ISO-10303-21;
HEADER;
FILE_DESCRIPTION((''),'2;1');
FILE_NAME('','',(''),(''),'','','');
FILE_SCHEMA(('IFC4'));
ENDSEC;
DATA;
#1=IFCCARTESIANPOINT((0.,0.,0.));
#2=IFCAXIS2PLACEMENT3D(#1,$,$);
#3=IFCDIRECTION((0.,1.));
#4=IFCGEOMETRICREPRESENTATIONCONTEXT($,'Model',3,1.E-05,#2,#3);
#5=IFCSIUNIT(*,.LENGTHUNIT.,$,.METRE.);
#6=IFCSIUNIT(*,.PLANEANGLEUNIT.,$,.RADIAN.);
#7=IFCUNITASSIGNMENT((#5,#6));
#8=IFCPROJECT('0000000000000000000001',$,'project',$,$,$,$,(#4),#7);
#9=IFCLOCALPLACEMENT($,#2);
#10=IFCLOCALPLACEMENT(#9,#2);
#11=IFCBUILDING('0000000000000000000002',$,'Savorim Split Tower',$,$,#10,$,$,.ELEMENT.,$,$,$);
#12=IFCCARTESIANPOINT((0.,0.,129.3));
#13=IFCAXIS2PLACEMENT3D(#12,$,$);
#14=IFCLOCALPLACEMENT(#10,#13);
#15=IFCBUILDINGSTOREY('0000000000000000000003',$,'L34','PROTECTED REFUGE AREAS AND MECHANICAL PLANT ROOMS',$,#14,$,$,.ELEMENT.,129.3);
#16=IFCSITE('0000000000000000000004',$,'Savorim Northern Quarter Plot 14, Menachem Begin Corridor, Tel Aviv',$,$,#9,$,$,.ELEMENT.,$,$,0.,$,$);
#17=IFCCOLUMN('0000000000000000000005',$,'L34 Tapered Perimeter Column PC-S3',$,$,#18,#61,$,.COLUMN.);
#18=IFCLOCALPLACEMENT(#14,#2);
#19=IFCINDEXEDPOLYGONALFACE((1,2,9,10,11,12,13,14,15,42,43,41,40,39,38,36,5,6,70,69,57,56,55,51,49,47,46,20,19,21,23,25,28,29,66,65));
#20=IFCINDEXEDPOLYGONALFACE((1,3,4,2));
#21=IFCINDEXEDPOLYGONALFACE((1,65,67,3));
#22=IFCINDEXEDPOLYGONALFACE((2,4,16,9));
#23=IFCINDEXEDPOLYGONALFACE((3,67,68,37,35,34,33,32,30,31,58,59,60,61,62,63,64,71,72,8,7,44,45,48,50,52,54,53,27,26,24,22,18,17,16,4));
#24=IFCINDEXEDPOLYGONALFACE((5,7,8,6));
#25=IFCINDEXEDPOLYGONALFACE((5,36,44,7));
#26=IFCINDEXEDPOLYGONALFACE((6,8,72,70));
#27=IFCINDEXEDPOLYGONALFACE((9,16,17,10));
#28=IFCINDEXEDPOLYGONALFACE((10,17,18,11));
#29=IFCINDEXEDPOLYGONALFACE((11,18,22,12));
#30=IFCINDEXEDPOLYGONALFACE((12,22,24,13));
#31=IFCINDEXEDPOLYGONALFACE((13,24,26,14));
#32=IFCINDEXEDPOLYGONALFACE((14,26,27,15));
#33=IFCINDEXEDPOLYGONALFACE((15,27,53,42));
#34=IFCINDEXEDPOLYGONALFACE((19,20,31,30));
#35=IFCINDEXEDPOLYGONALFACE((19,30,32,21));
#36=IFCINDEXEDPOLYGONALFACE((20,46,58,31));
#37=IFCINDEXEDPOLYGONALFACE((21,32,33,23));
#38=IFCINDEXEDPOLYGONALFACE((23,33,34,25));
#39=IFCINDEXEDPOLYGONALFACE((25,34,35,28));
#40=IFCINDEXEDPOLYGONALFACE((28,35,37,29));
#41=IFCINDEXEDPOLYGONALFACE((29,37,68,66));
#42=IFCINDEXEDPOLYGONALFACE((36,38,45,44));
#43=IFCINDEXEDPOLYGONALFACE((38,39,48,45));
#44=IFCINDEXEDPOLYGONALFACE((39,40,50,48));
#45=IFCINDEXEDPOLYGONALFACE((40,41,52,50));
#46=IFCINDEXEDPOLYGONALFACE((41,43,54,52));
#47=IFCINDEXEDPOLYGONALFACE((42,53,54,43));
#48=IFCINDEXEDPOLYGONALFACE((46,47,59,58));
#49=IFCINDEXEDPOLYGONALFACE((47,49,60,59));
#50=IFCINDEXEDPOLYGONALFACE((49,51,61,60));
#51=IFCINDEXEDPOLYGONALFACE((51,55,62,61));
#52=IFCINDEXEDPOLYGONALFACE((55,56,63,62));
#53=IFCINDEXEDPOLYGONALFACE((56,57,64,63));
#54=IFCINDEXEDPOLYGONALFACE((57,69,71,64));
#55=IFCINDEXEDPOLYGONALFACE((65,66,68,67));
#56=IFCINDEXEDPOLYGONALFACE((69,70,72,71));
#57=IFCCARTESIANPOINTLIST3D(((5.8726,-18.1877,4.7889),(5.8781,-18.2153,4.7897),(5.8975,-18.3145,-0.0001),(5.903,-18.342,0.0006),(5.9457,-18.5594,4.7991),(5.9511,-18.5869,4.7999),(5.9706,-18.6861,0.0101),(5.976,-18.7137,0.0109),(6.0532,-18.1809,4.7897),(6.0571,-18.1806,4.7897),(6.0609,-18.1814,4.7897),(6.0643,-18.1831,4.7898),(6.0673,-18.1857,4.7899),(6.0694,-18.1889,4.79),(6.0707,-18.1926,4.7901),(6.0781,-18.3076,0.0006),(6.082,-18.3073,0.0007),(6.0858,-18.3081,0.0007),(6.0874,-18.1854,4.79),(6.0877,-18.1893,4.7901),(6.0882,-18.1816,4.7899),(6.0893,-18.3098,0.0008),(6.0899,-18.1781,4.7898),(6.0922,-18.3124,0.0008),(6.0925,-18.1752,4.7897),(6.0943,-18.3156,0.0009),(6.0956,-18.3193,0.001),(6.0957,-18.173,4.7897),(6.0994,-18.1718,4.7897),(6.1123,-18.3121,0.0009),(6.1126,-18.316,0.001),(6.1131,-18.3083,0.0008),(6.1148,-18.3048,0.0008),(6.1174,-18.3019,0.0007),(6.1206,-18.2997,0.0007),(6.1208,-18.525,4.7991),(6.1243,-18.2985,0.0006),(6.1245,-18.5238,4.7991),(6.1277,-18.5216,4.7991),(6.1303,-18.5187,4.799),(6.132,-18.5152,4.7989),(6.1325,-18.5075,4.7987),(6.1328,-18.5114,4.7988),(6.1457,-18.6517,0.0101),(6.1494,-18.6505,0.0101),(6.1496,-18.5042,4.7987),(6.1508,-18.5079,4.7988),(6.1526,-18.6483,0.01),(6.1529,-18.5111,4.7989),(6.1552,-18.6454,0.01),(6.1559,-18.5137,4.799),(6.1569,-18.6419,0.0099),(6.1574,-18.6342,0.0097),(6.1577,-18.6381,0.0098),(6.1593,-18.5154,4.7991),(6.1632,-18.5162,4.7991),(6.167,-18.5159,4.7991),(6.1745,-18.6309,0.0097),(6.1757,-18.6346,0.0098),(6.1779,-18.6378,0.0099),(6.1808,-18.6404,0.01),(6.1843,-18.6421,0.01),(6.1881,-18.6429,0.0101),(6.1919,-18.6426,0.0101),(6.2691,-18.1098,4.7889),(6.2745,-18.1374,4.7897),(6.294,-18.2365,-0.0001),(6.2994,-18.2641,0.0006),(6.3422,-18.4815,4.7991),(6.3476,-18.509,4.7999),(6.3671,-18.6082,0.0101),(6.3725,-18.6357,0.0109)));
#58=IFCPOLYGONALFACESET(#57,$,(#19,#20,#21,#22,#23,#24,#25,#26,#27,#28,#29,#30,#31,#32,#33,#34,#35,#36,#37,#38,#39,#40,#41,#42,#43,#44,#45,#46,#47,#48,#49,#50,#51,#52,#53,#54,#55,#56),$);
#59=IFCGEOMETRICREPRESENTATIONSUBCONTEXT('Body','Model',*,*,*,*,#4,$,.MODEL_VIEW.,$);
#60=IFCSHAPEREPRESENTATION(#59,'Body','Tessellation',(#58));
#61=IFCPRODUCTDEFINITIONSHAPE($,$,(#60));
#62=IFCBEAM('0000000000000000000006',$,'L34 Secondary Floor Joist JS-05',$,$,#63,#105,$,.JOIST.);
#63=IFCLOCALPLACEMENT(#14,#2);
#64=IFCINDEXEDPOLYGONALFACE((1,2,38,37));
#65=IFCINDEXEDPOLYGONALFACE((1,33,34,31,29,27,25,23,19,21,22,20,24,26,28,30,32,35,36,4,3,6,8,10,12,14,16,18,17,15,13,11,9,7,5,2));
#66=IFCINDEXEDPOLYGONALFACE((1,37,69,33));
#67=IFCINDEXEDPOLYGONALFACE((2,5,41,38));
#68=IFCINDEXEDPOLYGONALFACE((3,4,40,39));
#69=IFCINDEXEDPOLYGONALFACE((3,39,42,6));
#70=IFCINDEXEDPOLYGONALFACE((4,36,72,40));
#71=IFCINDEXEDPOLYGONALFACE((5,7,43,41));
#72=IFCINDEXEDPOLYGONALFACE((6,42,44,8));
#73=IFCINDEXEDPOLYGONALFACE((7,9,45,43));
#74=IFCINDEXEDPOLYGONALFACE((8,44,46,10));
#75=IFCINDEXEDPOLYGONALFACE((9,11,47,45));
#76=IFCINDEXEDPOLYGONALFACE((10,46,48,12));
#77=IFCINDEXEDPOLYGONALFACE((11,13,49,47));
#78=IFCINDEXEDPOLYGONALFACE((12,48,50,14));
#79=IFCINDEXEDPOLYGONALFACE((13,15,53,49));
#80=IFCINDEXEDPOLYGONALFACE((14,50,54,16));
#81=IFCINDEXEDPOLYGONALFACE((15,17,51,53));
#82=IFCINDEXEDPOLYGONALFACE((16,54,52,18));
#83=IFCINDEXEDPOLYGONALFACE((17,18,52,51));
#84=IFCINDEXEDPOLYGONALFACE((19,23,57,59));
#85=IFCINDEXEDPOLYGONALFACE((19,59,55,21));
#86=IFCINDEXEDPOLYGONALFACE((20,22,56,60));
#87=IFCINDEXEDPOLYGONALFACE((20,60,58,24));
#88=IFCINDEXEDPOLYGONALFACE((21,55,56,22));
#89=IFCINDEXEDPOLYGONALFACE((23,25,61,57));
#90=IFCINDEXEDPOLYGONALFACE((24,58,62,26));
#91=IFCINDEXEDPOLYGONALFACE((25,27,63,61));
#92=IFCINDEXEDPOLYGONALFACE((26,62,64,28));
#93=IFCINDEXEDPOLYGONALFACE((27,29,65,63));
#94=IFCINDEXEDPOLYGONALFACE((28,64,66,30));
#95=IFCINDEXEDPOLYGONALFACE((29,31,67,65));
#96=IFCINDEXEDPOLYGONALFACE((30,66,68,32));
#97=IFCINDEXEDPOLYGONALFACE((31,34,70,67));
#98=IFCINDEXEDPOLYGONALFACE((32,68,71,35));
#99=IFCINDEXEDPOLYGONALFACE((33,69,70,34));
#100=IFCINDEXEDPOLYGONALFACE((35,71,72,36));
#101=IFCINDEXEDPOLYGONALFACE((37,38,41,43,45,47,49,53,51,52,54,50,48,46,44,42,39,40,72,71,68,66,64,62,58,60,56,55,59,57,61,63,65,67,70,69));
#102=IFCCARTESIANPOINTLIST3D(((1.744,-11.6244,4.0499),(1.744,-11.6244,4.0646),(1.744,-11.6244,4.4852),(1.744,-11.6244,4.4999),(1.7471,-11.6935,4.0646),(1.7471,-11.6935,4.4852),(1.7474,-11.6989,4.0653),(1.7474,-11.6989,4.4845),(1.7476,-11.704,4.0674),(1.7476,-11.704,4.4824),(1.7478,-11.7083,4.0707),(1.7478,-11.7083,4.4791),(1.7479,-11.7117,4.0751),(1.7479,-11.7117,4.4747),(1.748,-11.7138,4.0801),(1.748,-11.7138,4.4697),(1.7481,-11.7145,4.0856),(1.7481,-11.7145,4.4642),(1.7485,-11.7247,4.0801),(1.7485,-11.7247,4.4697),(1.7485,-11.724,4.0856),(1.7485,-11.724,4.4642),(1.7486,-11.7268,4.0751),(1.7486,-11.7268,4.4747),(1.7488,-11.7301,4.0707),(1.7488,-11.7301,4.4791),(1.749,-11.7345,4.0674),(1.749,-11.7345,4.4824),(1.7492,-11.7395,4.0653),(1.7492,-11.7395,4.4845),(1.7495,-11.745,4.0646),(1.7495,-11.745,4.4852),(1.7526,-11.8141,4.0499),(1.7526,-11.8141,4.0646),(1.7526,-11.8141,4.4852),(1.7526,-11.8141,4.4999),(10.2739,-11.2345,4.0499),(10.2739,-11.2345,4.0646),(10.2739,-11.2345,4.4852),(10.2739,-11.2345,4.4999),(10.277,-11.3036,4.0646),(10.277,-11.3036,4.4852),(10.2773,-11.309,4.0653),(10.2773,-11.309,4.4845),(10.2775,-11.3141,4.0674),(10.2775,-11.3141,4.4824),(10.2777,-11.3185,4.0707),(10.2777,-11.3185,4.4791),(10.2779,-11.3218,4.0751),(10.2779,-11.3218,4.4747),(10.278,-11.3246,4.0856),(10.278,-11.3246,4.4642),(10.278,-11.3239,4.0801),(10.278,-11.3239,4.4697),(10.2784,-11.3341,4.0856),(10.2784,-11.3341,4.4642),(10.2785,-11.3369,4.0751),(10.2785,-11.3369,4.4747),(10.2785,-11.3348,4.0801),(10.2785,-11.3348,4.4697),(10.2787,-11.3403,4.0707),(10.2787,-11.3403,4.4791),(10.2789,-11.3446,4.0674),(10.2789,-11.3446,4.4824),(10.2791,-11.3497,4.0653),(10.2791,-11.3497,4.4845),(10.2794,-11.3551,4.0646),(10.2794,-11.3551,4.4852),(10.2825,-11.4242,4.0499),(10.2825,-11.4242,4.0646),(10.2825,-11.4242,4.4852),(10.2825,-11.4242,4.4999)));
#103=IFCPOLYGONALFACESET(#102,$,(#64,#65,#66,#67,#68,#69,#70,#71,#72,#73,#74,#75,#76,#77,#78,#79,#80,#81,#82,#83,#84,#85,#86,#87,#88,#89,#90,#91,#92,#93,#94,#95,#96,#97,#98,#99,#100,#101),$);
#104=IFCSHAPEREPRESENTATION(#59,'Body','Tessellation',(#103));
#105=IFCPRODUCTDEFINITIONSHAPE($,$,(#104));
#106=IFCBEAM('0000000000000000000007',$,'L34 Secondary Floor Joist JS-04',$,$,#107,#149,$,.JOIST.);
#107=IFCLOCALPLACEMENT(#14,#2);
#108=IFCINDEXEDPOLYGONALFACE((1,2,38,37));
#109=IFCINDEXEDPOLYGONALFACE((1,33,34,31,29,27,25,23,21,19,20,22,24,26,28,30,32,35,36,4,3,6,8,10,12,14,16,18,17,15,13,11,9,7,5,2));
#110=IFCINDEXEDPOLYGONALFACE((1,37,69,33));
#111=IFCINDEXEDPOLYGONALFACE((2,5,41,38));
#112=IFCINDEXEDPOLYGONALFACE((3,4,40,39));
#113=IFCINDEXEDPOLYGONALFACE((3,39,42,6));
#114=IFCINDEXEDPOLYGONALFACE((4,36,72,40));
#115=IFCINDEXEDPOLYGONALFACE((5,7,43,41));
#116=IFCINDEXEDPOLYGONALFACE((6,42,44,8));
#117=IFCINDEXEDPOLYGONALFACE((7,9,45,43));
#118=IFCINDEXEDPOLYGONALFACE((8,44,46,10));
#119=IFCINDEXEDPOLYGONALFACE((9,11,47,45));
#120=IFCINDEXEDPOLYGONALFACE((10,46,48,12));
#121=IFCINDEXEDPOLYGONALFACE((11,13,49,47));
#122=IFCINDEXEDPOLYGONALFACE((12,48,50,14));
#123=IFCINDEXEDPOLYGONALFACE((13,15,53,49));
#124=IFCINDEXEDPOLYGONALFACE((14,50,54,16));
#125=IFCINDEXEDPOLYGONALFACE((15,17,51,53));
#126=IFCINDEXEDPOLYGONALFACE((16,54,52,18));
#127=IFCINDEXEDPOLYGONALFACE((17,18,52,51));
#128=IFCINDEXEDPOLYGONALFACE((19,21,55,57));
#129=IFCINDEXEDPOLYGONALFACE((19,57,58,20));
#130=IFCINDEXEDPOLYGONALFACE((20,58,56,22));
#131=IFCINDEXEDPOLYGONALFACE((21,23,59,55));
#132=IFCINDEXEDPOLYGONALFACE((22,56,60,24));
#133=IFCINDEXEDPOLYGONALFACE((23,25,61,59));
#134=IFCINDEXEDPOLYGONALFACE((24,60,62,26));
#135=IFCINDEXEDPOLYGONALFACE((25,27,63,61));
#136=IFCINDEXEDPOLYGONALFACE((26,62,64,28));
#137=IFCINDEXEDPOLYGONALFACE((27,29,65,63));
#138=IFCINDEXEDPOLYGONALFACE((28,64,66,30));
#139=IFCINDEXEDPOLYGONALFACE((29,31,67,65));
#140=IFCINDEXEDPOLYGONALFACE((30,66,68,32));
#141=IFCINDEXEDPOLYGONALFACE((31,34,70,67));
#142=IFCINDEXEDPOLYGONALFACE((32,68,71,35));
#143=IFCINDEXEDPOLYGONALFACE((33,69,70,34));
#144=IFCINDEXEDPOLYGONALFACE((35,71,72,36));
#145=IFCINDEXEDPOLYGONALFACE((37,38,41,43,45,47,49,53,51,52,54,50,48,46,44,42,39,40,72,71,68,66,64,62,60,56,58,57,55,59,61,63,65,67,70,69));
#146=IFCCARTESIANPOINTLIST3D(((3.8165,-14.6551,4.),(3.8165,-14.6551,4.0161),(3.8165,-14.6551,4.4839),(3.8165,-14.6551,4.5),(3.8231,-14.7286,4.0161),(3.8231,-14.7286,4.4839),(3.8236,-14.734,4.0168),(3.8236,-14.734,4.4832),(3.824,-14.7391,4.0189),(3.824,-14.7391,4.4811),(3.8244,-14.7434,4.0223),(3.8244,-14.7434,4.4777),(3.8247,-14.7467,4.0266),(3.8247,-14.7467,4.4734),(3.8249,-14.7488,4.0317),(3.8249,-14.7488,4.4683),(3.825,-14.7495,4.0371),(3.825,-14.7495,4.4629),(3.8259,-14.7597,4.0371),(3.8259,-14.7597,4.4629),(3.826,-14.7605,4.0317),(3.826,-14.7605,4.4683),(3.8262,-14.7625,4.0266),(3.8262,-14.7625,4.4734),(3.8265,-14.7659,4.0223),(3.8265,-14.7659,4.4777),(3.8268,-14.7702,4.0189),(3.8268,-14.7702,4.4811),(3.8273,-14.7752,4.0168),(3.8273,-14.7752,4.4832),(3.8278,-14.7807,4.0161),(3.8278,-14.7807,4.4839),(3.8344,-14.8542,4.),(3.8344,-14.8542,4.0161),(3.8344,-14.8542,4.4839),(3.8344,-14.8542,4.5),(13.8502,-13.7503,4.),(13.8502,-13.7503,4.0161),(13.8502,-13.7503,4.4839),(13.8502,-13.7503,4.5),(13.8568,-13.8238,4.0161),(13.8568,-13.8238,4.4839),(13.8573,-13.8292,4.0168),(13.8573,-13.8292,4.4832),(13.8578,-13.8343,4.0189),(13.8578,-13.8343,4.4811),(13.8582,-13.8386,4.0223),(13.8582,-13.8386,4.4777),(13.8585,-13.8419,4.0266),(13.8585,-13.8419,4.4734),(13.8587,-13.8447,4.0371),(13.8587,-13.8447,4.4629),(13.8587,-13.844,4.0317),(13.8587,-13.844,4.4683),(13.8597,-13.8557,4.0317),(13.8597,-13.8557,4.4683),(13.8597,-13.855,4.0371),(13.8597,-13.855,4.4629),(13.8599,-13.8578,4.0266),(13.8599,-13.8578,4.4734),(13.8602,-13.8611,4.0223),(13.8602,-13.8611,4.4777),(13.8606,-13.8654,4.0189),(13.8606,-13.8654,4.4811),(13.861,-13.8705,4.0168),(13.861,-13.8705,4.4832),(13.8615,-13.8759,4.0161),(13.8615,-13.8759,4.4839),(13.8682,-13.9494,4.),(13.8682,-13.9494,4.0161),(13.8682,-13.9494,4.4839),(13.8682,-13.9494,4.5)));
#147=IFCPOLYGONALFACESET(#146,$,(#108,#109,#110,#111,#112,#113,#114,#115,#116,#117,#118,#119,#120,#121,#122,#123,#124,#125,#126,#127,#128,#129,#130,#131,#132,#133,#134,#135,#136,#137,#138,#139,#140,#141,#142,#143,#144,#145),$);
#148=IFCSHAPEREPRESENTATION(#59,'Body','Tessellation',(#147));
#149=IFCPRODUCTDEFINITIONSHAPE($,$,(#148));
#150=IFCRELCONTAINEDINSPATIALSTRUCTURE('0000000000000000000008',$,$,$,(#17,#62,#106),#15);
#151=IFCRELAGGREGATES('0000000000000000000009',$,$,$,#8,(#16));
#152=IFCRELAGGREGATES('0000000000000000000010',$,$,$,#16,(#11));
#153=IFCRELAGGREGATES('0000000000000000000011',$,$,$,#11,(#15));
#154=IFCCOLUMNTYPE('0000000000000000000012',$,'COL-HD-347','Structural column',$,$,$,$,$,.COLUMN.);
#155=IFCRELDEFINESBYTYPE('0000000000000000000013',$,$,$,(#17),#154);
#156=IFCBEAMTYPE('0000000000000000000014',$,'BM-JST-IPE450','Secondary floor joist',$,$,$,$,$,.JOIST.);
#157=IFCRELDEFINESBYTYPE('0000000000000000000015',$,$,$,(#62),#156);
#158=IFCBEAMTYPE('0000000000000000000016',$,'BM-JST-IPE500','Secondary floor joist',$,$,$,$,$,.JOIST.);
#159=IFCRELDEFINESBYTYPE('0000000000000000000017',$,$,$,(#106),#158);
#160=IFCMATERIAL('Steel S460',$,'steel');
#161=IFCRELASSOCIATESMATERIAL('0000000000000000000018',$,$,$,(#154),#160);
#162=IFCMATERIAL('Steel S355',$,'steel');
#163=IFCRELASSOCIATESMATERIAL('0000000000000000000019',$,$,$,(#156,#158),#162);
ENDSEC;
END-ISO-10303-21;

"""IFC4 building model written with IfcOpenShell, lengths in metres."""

from ifc_helpers import new_model, si_unit, direction, frame, origin, origin_2d, place, context, subcontext, project, spatial, i_section, extrude, material, material_profile, profile_set, type_object, element, save


model = new_model("IFC4")

# Units and contexts
model_context = context("Model", 3, precision=1e-05, world=origin(), true_north=direction((0.0, 1.0)))
body_context = subcontext(model_context, "Body", "Model", "MODEL_VIEW")
ifc_project = project(units=[si_unit("LENGTHUNIT", "METRE"), si_unit("PLANEANGLEUNIT", "RADIAN")], contexts=[model_context])

# Site, building, storey
site_placement = place(None, origin())
site = spatial("IfcSite", under=ifc_project, at=site_placement, Name="Savorim Northern Quarter Plot 14, Menachem Begin Corridor, Tel Aviv", CompositionType="ELEMENT", RefElevation=0.0)
building_placement = place(site_placement, origin())
building = spatial("IfcBuilding", under=site, at=building_placement, Name="Savorim Split Tower", CompositionType="ELEMENT")
storey_placement = place(building_placement, frame((0.0, 0.0, 129.3)))
storey = spatial("IfcBuildingStorey", under=building, at=storey_placement, Name="L34", Description="PROTECTED REFUGE AREAS AND MECHANICAL PLANT ROOMS", CompositionType="ELEMENT", Elevation=129.3)

# Column
ifc_material_1 = material(Name="Steel S460", Category="steel")
ifc_material_profile_1 = material_profile(ifc_material_1, i_section(OverallWidth=0.4041, OverallDepth=0.407, WebThickness=0.0173, FlangeThickness=0.0281, FilletRadius=0.0149, at=origin_2d()), Name="HD 400x347")
ifc_profile_set_1 = profile_set([ifc_material_profile_1], Name="Steel S460")
column_type = type_object("IfcColumnType", Name="COL-HD-347", Description="Structural column", PredefinedType="COLUMN", material=ifc_profile_set_1)
column_placement = place(storey_placement, frame((6.135, -18.4751, 0.0054), z_axis=(-0.005198, 0.026448, 0.999637), x_axis=(-0.98123, -0.192843, 0.0)))
element("IfcColumn", 1, at=column_placement, inside=storey, type_object=column_type, Name="L34 Tapered Perimeter Column PC-S3", PredefinedType="COLUMN", context=body_context, shape_type="SweptSolid", body=[
    extrude(i_section(OverallWidth=0.4041, OverallDepth=0.407, WebThickness=0.0173, FlangeThickness=0.0281, FilletRadius=0.0149, at=origin_2d()), origin(), (0.0, 0.0, 1.0), 4.7908),
])

# Beams
ifc_material_2 = material(Name="Steel S355", Category="steel")
ifc_material_profile_2 = material_profile(ifc_material_2, i_section(OverallWidth=0.1899, OverallDepth=0.45, WebThickness=0.0095, FlangeThickness=0.0146, FilletRadius=0.021, at=origin_2d()), Name="IPE 450")
ifc_profile_set_2 = profile_set([ifc_material_profile_2], Name="Steel S355")
beam_type_1 = type_object("IfcBeamType", Name="BM-JST-IPE450", Description="Secondary floor joist", PredefinedType="JOIST", material=ifc_profile_set_2)
beam_1_placement = place(storey_placement, frame((1.7483, -11.7192, 4.2749), z_axis=(0.998957, 0.045661, 0.0), x_axis=(-0.045661, 0.998957, 0.0)))
element("IfcBeam", 2, at=beam_1_placement, inside=storey, type_object=beam_type_1, Name="L34 Secondary Floor Joist JS-05", PredefinedType="JOIST", context=body_context, shape_type="SweptSolid", body=[
    extrude(i_section(OverallWidth=0.1899, OverallDepth=0.45, WebThickness=0.0095, FlangeThickness=0.0146, FilletRadius=0.021, at=origin_2d()), origin(), (0.0, 0.0, 1.0), 8.5388),
])
ifc_material_profile_3 = material_profile(ifc_material_2, i_section(OverallWidth=0.2, OverallDepth=0.5, WebThickness=0.0103, FlangeThickness=0.0161, FilletRadius=0.021, at=origin_2d()), Name="IPE 500")
ifc_profile_set_3 = profile_set([ifc_material_profile_3], Name="Steel S355")
beam_type_2 = type_object("IfcBeamType", Name="BM-JST-IPE500", Description="Secondary floor joist", PredefinedType="JOIST", material=ifc_profile_set_3)
beam_2_placement = place(storey_placement, frame((3.8254, -14.7546, 4.25), z_axis=(0.995959, 0.08981, 0.0), x_axis=(-0.08981, 0.995959, 0.0)))
element("IfcBeam", 3, at=beam_2_placement, inside=storey, type_object=beam_type_2, Name="L34 Secondary Floor Joist JS-04", PredefinedType="JOIST", context=body_context, shape_type="SweptSolid", body=[
    extrude(i_section(OverallWidth=0.2, OverallDepth=0.5, WebThickness=0.0103, FlangeThickness=0.0161, FilletRadius=0.021, at=origin_2d()), origin(), (0.0, 0.0, 1.0), 10.0745),
])

save(model, "model.ifc")
